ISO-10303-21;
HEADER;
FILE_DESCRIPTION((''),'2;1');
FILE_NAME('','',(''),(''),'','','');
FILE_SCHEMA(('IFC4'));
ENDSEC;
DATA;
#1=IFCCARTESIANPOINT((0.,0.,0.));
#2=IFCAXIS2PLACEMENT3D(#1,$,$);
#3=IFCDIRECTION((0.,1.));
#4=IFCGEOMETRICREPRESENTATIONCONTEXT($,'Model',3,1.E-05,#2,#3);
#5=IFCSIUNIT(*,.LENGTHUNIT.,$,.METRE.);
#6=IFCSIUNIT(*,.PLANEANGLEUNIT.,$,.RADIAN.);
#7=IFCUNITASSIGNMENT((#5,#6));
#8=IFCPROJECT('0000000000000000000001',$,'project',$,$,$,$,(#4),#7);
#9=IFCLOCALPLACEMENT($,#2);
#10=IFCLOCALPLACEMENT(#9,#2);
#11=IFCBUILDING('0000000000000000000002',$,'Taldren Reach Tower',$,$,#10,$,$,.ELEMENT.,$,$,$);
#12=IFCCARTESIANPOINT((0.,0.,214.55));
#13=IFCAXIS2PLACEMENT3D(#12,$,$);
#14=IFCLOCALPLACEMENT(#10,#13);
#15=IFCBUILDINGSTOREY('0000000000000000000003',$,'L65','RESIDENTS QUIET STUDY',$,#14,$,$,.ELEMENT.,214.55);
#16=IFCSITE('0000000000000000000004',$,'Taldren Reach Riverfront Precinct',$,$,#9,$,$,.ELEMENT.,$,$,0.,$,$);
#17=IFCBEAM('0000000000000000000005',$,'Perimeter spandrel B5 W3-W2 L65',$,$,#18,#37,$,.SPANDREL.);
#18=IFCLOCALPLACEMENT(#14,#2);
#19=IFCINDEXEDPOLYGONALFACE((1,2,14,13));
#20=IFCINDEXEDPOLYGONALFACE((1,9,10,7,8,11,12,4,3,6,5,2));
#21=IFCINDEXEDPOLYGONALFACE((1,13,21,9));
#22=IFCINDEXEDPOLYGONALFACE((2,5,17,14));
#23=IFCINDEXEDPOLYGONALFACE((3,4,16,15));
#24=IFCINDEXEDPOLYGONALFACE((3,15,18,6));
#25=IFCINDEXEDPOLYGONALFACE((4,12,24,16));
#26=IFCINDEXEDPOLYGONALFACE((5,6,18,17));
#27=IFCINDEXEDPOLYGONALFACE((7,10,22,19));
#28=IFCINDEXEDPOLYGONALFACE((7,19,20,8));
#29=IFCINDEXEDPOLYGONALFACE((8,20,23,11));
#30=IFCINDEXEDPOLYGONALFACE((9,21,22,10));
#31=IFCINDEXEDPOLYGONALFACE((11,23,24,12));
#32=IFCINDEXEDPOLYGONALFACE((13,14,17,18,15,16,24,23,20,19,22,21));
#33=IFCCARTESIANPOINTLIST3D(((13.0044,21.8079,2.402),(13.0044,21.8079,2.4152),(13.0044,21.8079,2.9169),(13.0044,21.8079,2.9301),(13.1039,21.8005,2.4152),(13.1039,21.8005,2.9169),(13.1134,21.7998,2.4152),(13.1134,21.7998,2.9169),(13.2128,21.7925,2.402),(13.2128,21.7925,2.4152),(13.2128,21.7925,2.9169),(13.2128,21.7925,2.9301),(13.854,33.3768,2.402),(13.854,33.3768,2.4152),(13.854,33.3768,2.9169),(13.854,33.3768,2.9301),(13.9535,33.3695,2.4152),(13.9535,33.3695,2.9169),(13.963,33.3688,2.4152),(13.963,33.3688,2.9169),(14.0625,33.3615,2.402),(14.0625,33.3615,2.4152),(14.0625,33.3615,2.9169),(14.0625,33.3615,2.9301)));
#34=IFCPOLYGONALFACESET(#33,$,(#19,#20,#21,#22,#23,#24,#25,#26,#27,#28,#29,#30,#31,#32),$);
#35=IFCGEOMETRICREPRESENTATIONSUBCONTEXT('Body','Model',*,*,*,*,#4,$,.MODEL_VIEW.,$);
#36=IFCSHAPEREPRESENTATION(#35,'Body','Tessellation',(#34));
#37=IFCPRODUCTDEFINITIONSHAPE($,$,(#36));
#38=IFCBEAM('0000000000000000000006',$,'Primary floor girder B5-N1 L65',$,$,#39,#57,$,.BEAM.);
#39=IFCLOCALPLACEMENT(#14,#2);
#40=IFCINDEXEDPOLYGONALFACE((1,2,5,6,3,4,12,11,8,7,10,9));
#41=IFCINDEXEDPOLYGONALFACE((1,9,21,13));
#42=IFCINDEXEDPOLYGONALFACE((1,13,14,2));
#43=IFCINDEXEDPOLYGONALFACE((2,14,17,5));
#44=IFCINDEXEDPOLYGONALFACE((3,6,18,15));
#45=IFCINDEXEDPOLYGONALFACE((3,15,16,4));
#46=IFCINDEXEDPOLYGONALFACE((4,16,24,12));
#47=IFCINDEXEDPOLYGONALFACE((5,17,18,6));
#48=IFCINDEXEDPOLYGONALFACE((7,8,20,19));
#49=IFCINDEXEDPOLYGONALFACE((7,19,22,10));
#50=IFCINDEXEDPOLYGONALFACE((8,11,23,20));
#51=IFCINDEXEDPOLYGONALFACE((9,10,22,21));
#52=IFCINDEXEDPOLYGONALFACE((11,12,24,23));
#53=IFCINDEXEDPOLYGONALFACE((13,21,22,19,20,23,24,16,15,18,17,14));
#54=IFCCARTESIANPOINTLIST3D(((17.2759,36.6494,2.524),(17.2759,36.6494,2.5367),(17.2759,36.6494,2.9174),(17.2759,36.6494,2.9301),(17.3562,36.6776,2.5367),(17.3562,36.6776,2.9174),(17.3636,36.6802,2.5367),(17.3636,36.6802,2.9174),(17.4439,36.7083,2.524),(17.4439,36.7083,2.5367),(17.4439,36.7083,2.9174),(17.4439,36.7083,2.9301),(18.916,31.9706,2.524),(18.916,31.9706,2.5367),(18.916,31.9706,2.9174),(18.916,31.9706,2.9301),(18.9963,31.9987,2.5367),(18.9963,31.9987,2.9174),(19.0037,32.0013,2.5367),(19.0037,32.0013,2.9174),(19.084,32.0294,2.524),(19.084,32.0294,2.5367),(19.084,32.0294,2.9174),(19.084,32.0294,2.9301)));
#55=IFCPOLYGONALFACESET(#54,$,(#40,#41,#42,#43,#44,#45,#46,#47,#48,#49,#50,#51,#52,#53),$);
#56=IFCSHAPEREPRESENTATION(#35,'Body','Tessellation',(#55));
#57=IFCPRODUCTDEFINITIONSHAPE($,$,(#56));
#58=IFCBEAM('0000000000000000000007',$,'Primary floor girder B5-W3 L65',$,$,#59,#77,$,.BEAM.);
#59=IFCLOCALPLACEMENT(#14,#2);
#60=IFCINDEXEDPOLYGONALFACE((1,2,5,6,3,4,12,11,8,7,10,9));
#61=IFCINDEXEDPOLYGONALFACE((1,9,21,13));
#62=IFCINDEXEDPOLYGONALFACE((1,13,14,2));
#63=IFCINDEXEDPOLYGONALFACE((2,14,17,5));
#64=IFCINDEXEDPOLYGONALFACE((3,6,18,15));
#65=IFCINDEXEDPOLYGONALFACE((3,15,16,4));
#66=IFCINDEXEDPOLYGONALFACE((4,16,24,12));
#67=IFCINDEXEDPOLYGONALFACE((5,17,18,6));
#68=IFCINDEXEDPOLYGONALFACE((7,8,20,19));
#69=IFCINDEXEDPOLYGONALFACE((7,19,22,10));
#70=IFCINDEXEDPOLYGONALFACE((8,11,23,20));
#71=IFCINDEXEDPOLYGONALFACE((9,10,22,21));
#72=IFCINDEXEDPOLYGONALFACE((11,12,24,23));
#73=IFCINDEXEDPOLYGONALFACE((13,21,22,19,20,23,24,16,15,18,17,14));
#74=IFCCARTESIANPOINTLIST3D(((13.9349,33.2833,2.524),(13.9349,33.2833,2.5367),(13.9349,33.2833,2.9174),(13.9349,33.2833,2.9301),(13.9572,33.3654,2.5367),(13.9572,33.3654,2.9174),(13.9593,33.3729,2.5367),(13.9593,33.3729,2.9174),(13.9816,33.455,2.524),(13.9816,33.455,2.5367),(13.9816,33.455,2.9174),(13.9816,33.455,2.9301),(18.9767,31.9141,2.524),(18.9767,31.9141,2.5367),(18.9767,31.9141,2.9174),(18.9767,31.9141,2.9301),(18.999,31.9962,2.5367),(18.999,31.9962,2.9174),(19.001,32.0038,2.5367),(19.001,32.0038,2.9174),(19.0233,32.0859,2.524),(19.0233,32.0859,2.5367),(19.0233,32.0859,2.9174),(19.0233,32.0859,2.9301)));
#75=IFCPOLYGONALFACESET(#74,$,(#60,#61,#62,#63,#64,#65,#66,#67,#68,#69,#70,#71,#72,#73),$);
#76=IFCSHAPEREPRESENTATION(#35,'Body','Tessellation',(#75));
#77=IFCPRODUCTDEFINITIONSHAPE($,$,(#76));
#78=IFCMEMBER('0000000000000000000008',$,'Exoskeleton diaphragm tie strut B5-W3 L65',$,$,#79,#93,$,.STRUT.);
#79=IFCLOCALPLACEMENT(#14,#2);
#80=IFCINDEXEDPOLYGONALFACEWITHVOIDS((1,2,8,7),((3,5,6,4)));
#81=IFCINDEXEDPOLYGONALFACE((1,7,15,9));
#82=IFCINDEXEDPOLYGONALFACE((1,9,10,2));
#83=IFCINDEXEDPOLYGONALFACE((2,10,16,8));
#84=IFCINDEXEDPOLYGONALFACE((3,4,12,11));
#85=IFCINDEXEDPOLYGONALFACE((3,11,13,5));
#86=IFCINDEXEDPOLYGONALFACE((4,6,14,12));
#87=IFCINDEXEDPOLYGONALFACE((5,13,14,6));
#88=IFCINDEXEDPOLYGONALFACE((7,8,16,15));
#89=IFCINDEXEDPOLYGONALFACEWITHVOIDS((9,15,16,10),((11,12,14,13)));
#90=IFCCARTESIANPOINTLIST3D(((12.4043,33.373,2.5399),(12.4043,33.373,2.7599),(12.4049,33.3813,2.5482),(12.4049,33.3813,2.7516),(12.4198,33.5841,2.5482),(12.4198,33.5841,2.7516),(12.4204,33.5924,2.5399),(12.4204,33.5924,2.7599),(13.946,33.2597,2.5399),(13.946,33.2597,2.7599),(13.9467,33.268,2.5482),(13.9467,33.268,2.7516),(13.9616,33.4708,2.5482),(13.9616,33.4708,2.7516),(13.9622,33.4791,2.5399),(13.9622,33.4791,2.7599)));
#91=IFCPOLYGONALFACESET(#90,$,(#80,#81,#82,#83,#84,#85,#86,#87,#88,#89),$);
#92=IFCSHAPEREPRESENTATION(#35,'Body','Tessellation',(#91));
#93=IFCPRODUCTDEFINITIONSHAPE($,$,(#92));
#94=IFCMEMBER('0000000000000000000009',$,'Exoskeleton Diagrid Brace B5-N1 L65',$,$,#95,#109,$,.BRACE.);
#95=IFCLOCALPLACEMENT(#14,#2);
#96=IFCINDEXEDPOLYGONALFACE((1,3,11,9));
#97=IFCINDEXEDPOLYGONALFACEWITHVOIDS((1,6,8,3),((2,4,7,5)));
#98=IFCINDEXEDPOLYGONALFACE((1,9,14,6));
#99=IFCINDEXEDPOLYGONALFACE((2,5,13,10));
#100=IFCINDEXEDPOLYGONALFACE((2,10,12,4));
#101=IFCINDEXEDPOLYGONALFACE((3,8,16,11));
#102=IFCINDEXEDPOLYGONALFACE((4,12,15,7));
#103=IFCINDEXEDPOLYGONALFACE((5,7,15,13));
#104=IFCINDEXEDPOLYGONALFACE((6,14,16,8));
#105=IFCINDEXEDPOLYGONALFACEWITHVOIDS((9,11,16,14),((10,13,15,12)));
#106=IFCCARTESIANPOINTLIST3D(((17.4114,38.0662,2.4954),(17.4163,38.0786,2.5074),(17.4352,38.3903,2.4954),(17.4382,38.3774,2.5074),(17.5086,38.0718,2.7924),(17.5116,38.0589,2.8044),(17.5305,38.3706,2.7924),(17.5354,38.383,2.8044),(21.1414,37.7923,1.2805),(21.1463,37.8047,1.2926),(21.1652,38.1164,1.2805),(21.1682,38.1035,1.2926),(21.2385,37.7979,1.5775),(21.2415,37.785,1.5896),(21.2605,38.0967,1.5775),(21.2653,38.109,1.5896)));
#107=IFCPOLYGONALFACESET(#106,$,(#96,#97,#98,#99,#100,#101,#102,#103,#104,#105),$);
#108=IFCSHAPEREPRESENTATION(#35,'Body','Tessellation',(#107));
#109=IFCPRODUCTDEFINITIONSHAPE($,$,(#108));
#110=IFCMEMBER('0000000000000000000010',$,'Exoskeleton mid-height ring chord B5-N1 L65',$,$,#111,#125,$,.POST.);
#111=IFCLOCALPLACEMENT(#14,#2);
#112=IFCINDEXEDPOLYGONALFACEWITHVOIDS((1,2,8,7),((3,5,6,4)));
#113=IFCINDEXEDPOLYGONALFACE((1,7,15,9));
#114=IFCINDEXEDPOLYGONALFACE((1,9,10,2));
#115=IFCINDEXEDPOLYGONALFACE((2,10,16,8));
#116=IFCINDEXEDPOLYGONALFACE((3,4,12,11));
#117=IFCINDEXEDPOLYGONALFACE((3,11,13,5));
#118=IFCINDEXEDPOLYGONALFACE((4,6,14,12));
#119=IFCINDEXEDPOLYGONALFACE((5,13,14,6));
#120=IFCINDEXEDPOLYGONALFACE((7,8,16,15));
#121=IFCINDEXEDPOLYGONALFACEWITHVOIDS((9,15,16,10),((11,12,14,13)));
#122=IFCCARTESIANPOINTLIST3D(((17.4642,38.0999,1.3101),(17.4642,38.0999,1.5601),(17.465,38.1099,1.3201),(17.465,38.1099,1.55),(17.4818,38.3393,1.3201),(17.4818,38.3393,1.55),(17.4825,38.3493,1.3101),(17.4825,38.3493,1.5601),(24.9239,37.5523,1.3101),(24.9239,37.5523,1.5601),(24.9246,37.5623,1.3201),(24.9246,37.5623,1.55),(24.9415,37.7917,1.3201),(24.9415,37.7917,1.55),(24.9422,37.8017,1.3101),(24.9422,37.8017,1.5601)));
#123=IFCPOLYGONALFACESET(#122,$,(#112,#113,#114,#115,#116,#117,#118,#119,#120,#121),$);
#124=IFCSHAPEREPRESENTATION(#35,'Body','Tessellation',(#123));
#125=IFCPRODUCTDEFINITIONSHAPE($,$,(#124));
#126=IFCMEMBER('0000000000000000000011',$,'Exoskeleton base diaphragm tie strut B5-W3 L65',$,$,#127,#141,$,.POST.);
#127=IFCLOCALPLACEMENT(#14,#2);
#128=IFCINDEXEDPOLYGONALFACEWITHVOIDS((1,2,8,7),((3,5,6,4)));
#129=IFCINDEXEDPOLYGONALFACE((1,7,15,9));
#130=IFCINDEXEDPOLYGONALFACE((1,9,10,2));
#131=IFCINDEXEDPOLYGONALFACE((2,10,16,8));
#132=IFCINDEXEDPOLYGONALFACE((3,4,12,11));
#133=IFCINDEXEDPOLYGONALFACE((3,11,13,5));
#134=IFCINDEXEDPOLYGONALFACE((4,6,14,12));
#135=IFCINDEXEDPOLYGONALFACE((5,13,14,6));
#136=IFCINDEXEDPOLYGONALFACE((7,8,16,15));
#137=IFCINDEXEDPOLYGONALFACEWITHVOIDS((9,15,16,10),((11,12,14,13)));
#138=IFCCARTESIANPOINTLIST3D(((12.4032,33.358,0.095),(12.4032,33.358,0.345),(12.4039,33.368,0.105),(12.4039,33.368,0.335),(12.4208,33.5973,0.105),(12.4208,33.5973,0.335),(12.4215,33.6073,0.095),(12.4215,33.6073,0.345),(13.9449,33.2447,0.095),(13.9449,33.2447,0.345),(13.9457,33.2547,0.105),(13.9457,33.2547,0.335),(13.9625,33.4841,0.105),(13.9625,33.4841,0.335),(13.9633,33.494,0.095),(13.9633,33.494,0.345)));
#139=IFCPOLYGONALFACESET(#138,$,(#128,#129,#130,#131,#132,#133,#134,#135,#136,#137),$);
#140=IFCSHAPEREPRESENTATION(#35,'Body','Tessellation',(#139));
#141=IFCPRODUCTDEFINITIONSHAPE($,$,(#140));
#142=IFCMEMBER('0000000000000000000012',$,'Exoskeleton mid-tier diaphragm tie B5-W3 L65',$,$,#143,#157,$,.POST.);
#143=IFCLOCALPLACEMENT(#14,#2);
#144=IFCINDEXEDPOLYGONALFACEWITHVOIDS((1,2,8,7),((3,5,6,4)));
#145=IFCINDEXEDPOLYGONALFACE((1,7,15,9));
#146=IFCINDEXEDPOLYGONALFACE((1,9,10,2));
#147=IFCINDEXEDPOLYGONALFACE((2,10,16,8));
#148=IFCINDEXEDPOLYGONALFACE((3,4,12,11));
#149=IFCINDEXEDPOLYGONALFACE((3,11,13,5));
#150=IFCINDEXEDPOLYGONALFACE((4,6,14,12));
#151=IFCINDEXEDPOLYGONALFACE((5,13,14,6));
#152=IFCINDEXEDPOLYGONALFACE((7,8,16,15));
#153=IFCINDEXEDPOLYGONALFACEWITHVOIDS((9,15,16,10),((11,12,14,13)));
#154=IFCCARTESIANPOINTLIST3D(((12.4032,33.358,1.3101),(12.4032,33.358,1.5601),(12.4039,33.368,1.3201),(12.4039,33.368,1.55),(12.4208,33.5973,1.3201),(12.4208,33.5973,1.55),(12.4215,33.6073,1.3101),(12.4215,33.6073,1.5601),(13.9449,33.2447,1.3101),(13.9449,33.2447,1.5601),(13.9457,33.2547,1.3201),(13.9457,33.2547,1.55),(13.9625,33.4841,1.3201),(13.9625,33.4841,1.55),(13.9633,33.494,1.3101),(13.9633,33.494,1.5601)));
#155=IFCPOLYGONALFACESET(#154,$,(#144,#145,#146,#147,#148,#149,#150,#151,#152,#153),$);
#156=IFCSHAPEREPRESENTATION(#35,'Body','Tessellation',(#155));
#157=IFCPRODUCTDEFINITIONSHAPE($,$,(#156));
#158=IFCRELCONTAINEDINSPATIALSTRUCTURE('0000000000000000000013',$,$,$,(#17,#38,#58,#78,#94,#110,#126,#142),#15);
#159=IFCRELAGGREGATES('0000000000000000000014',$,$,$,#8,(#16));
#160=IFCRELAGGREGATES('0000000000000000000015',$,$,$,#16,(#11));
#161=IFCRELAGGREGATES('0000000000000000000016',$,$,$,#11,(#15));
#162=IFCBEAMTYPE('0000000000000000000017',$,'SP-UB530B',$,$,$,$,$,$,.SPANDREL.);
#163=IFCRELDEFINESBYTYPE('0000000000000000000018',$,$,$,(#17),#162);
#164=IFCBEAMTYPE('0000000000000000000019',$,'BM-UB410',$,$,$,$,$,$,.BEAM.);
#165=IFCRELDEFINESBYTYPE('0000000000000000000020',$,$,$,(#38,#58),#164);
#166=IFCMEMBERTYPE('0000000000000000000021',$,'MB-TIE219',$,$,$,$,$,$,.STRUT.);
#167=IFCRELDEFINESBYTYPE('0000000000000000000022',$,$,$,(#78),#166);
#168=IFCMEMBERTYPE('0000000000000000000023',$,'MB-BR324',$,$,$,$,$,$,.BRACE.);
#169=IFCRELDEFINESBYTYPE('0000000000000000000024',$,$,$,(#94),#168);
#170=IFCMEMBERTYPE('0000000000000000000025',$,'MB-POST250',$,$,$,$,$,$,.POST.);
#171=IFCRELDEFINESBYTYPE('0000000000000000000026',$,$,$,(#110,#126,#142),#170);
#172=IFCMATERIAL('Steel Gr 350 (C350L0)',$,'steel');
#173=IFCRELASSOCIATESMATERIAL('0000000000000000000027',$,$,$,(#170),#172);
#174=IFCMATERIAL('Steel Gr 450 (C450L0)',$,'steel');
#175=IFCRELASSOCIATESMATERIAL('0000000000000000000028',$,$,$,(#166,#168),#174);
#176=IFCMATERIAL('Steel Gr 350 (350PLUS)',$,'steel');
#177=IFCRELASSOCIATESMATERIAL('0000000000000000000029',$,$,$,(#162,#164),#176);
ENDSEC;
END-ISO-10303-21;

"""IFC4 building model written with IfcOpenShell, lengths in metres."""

from ifc_helpers import new_model, si_unit, direction, frame, origin, origin_2d, place, context, subcontext, project, spatial, hollow_rectangle, i_section, extrude, source, transform, mapped, material, material_profile, profile_set, type_object, element, save


model = new_model("IFC4")

# Units and contexts
model_context = context("Model", 3, precision=1e-05, world=origin(), true_north=direction((0.0, 1.0)))
body_context = subcontext(model_context, "Body", "Model", "MODEL_VIEW")
ifc_project = project(units=[si_unit("LENGTHUNIT", "METRE"), si_unit("PLANEANGLEUNIT", "RADIAN")], contexts=[model_context])

# Site, building, storey
site_placement = place(None, origin())
site = spatial("IfcSite", under=ifc_project, at=site_placement, Name="Taldren Reach Riverfront Precinct", CompositionType="ELEMENT", RefElevation=0.0)
building_placement = place(site_placement, origin())
building = spatial("IfcBuilding", under=site, at=building_placement, Name="Taldren Reach Tower", CompositionType="ELEMENT")
storey_placement = place(building_placement, frame((0.0, 0.0, 214.55)))
storey = spatial("IfcBuildingStorey", under=building, at=storey_placement, Name="L65", Description="RESIDENTS QUIET STUDY", CompositionType="ELEMENT", Elevation=214.55)

# Shared definitions
ifc_material_1 = material(Name="Steel Gr 450 (C450L0)", Category="steel")
ifc_material_2 = material(Name="Steel Gr 350 (C350L0)", Category="steel")
ifc_material_3 = material(Name="Steel Gr 350 (350PLUS)", Category="steel")

# Shared definitions
ifc_material_profile_1 = material_profile(ifc_material_2, hollow_rectangle(XDim=0.25, YDim=0.25, WallThickness=0.01, at=origin_2d()), Name="250x250x10.0SHS")
ifc_profile_set_1 = profile_set([ifc_material_profile_1], Name="Steel Gr 350 (C350L0)")
member_type_1 = type_object("IfcMemberType", Name="MB-POST250", PredefinedType="POST", material=ifc_profile_set_1)
ifc_material_profile_2 = material_profile(ifc_material_1, hollow_rectangle(XDim=0.22, YDim=0.22, WallThickness=0.0083, at=origin_2d()), Name="220x220x8.2SHS")
ifc_profile_set_2 = profile_set([ifc_material_profile_2], Name="Steel Gr 450 (C450L0)")
member_type_2 = type_object("IfcMemberType", Name="MB-TIE219", PredefinedType="STRUT", material=ifc_profile_set_2)

# Beams
ifc_material_profile_3 = material_profile(ifc_material_3, i_section(OverallWidth=0.209, OverallDepth=0.5281, WebThickness=0.0095, FlangeThickness=0.0132, at=origin_2d()), Name="530UB82.0")
ifc_profile_set_3 = profile_set([ifc_material_profile_3], Name="Steel Gr 350 (350PLUS)")
beam_type_1 = type_object("IfcBeamType", Name="SP-UB530B", PredefinedType="SPANDREL", material=ifc_profile_set_3)
shared_shape_1 = source(origin(), body_context, "Body", "SweptSolid", [
    extrude(i_section(OverallWidth=0.209, OverallDepth=0.5281, WebThickness=0.0095, FlangeThickness=0.0132, at=origin_2d()), origin(), (0.0, 0.0, 1.0), 11.6001),
])
beam_1_placement = place(storey_placement, frame((13.9583, 33.3691, 2.666), z_axis=(-0.073242, -0.997314, 0.0), x_axis=(0.997314, -0.073242, 0.0)))
element("IfcBeam", 1, at=beam_1_placement, inside=storey, type_object=beam_type_1, Name="Perimeter spandrel B5 W3-W2 L65", PredefinedType="SPANDREL", context=body_context, shape_type="MappedRepresentation", body=[
    mapped(shared_shape_1, transform((0.0, 0.0, 0.0), scale=1.0)),
])
ifc_material_profile_4 = material_profile(ifc_material_3, i_section(OverallWidth=0.178, OverallDepth=0.406, WebThickness=0.0078, FlangeThickness=0.0127, at=origin_2d()), Name="410UB59.7")
ifc_profile_set_4 = profile_set([ifc_material_profile_4], Name="Steel Gr 350 (350PLUS)")
beam_type_2 = type_object("IfcBeamType", Name="BM-UB410", PredefinedType="BEAM", material=ifc_profile_set_4)
shared_shape_2 = source(origin(), body_context, "Body", "SweptSolid", [
    extrude(i_section(OverallWidth=0.178, OverallDepth=0.406, WebThickness=0.0078, FlangeThickness=0.0127, at=origin_2d()), origin(), (0.0, 0.0, 1.0), 4.958),
])
beam_2_placement = place(storey_placement, frame((19.0, 32.0, 2.7271), z_axis=(-0.3308, 0.943701, 0.0), x_axis=(-0.943701, -0.3308, 0.0)))
element("IfcBeam", 2, at=beam_2_placement, inside=storey, type_object=beam_type_2, Name="Primary floor girder B5-N1 L65", PredefinedType="BEAM", context=body_context, shape_type="MappedRepresentation", body=[
    mapped(shared_shape_2, transform((0.0, 0.0, 0.0), scale=1.0)),
])
shared_shape_3 = source(origin(), body_context, "Body", "SweptSolid", [
    extrude(i_section(OverallWidth=0.178, OverallDepth=0.406, WebThickness=0.0078, FlangeThickness=0.0127, at=origin_2d()), origin(), (0.0, 0.0, 1.0), 5.2244),
])
beam_3_placement = place(storey_placement, frame((19.0, 32.0, 2.7271), z_axis=(-0.965049, 0.262069, 0.0), x_axis=(-0.262069, -0.965049, 0.0)))
element("IfcBeam", 3, at=beam_3_placement, inside=storey, type_object=beam_type_2, Name="Primary floor girder B5-W3 L65", PredefinedType="BEAM", context=body_context, shape_type="MappedRepresentation", body=[
    mapped(shared_shape_3, transform((0.0, 0.0, 0.0), scale=1.0)),
])

# Members
shared_shape_4 = source(origin(), body_context, "Body", "SweptSolid", [
    extrude(hollow_rectangle(XDim=0.22, YDim=0.22, WallThickness=0.0083, at=origin_2d()), origin(), (0.0, 0.0, 1.0), 1.5459),
])
member_1_placement = place(storey_placement, frame((13.9541, 33.3694, 2.6499), z_axis=(-0.997312, 0.073278, 0.0), x_axis=(-0.073278, -0.997312, 0.0)))
element("IfcMember", 4, at=member_1_placement, inside=storey, type_object=member_type_2, Name="Exoskeleton diaphragm tie strut B5-W3 L65", PredefinedType="STRUT", context=body_context, shape_type="MappedRepresentation", body=[
    mapped(shared_shape_4, transform((0.0, 0.0, 0.0), scale=1.0)),
])
ifc_material_profile_5 = material_profile(ifc_material_1, hollow_rectangle(XDim=0.325, YDim=0.325, WallThickness=0.0127, at=origin_2d()), Name="325x325x12.7SHS")
ifc_profile_set_5 = profile_set([ifc_material_profile_5], Name="Steel Gr 450 (C450L0)")
member_type_3 = type_object("IfcMemberType", Name="MB-BR324", PredefinedType="BRACE", material=ifc_profile_set_5)
shared_shape_5 = source(origin(), body_context, "Body", "SweptSolid", [
    extrude(hollow_rectangle(XDim=0.325, YDim=0.325, WallThickness=0.0127, at=origin_2d()), origin(), (0.0, 0.0, 1.0), 3.9324),
])
member_2_placement = place(storey_placement, frame((21.2034, 37.9507, 1.4351), z_axis=(-0.948529, 0.069659, 0.308933), x_axis=(-0.073242, -0.997314, 0.0)))
element("IfcMember", 5, at=member_2_placement, inside=storey, type_object=member_type_3, Name="Exoskeleton Diagrid Brace B5-N1 L65", PredefinedType="BRACE", context=body_context, shape_type="MappedRepresentation", body=[
    mapped(shared_shape_5, transform((0.0, 0.0, 0.0), scale=1.0)),
])
shared_shape_6 = source(origin(), body_context, "Body", "SweptSolid", [
    extrude(hollow_rectangle(XDim=0.25, YDim=0.25, WallThickness=0.01, at=origin_2d()), origin(), (0.0, 0.0, 1.0), 7.4797),
])
member_3_placement = place(storey_placement, frame((17.4734, 38.2246, 1.4351), z_axis=(0.997316, -0.073212, 0.0), x_axis=(0.073212, 0.997316, 0.0)))
element("IfcMember", 6, at=member_3_placement, inside=storey, type_object=member_type_1, Name="Exoskeleton mid-height ring chord B5-N1 L65", PredefinedType="POST", context=body_context, shape_type="MappedRepresentation", body=[
    mapped(shared_shape_6, transform((0.0, 0.0, 0.0), scale=1.0)),
])
shared_shape_7 = source(origin(), body_context, "Body", "SweptSolid", [
    extrude(hollow_rectangle(XDim=0.25, YDim=0.25, WallThickness=0.01, at=origin_2d()), origin(), (0.0, 0.0, 1.0), 1.5459),
])
for number, where, z_axis, x_axis, name in (
    (7, (13.9541, 33.3694, 0.22), (-0.997312, 0.073278, 0.0), (-0.073278, -0.997312, 0.0), "Exoskeleton base diaphragm tie strut B5-W3 L65"),
    (8, (13.9541, 33.3694, 1.4351), (-0.997312, 0.073278, 0.0), (-0.073278, -0.997312, 0.0), "Exoskeleton mid-tier diaphragm tie B5-W3 L65"),
):
    element("IfcMember", number, at=place(storey_placement, frame(where, z_axis=z_axis, x_axis=x_axis)), inside=storey, type_object=member_type_1, Name=name, PredefinedType="POST", context=body_context, shape_type="MappedRepresentation", body=[
        mapped(shared_shape_7, transform((0.0, 0.0, 0.0), scale=1.0)),
    ])

save(model, "model.ifc")
